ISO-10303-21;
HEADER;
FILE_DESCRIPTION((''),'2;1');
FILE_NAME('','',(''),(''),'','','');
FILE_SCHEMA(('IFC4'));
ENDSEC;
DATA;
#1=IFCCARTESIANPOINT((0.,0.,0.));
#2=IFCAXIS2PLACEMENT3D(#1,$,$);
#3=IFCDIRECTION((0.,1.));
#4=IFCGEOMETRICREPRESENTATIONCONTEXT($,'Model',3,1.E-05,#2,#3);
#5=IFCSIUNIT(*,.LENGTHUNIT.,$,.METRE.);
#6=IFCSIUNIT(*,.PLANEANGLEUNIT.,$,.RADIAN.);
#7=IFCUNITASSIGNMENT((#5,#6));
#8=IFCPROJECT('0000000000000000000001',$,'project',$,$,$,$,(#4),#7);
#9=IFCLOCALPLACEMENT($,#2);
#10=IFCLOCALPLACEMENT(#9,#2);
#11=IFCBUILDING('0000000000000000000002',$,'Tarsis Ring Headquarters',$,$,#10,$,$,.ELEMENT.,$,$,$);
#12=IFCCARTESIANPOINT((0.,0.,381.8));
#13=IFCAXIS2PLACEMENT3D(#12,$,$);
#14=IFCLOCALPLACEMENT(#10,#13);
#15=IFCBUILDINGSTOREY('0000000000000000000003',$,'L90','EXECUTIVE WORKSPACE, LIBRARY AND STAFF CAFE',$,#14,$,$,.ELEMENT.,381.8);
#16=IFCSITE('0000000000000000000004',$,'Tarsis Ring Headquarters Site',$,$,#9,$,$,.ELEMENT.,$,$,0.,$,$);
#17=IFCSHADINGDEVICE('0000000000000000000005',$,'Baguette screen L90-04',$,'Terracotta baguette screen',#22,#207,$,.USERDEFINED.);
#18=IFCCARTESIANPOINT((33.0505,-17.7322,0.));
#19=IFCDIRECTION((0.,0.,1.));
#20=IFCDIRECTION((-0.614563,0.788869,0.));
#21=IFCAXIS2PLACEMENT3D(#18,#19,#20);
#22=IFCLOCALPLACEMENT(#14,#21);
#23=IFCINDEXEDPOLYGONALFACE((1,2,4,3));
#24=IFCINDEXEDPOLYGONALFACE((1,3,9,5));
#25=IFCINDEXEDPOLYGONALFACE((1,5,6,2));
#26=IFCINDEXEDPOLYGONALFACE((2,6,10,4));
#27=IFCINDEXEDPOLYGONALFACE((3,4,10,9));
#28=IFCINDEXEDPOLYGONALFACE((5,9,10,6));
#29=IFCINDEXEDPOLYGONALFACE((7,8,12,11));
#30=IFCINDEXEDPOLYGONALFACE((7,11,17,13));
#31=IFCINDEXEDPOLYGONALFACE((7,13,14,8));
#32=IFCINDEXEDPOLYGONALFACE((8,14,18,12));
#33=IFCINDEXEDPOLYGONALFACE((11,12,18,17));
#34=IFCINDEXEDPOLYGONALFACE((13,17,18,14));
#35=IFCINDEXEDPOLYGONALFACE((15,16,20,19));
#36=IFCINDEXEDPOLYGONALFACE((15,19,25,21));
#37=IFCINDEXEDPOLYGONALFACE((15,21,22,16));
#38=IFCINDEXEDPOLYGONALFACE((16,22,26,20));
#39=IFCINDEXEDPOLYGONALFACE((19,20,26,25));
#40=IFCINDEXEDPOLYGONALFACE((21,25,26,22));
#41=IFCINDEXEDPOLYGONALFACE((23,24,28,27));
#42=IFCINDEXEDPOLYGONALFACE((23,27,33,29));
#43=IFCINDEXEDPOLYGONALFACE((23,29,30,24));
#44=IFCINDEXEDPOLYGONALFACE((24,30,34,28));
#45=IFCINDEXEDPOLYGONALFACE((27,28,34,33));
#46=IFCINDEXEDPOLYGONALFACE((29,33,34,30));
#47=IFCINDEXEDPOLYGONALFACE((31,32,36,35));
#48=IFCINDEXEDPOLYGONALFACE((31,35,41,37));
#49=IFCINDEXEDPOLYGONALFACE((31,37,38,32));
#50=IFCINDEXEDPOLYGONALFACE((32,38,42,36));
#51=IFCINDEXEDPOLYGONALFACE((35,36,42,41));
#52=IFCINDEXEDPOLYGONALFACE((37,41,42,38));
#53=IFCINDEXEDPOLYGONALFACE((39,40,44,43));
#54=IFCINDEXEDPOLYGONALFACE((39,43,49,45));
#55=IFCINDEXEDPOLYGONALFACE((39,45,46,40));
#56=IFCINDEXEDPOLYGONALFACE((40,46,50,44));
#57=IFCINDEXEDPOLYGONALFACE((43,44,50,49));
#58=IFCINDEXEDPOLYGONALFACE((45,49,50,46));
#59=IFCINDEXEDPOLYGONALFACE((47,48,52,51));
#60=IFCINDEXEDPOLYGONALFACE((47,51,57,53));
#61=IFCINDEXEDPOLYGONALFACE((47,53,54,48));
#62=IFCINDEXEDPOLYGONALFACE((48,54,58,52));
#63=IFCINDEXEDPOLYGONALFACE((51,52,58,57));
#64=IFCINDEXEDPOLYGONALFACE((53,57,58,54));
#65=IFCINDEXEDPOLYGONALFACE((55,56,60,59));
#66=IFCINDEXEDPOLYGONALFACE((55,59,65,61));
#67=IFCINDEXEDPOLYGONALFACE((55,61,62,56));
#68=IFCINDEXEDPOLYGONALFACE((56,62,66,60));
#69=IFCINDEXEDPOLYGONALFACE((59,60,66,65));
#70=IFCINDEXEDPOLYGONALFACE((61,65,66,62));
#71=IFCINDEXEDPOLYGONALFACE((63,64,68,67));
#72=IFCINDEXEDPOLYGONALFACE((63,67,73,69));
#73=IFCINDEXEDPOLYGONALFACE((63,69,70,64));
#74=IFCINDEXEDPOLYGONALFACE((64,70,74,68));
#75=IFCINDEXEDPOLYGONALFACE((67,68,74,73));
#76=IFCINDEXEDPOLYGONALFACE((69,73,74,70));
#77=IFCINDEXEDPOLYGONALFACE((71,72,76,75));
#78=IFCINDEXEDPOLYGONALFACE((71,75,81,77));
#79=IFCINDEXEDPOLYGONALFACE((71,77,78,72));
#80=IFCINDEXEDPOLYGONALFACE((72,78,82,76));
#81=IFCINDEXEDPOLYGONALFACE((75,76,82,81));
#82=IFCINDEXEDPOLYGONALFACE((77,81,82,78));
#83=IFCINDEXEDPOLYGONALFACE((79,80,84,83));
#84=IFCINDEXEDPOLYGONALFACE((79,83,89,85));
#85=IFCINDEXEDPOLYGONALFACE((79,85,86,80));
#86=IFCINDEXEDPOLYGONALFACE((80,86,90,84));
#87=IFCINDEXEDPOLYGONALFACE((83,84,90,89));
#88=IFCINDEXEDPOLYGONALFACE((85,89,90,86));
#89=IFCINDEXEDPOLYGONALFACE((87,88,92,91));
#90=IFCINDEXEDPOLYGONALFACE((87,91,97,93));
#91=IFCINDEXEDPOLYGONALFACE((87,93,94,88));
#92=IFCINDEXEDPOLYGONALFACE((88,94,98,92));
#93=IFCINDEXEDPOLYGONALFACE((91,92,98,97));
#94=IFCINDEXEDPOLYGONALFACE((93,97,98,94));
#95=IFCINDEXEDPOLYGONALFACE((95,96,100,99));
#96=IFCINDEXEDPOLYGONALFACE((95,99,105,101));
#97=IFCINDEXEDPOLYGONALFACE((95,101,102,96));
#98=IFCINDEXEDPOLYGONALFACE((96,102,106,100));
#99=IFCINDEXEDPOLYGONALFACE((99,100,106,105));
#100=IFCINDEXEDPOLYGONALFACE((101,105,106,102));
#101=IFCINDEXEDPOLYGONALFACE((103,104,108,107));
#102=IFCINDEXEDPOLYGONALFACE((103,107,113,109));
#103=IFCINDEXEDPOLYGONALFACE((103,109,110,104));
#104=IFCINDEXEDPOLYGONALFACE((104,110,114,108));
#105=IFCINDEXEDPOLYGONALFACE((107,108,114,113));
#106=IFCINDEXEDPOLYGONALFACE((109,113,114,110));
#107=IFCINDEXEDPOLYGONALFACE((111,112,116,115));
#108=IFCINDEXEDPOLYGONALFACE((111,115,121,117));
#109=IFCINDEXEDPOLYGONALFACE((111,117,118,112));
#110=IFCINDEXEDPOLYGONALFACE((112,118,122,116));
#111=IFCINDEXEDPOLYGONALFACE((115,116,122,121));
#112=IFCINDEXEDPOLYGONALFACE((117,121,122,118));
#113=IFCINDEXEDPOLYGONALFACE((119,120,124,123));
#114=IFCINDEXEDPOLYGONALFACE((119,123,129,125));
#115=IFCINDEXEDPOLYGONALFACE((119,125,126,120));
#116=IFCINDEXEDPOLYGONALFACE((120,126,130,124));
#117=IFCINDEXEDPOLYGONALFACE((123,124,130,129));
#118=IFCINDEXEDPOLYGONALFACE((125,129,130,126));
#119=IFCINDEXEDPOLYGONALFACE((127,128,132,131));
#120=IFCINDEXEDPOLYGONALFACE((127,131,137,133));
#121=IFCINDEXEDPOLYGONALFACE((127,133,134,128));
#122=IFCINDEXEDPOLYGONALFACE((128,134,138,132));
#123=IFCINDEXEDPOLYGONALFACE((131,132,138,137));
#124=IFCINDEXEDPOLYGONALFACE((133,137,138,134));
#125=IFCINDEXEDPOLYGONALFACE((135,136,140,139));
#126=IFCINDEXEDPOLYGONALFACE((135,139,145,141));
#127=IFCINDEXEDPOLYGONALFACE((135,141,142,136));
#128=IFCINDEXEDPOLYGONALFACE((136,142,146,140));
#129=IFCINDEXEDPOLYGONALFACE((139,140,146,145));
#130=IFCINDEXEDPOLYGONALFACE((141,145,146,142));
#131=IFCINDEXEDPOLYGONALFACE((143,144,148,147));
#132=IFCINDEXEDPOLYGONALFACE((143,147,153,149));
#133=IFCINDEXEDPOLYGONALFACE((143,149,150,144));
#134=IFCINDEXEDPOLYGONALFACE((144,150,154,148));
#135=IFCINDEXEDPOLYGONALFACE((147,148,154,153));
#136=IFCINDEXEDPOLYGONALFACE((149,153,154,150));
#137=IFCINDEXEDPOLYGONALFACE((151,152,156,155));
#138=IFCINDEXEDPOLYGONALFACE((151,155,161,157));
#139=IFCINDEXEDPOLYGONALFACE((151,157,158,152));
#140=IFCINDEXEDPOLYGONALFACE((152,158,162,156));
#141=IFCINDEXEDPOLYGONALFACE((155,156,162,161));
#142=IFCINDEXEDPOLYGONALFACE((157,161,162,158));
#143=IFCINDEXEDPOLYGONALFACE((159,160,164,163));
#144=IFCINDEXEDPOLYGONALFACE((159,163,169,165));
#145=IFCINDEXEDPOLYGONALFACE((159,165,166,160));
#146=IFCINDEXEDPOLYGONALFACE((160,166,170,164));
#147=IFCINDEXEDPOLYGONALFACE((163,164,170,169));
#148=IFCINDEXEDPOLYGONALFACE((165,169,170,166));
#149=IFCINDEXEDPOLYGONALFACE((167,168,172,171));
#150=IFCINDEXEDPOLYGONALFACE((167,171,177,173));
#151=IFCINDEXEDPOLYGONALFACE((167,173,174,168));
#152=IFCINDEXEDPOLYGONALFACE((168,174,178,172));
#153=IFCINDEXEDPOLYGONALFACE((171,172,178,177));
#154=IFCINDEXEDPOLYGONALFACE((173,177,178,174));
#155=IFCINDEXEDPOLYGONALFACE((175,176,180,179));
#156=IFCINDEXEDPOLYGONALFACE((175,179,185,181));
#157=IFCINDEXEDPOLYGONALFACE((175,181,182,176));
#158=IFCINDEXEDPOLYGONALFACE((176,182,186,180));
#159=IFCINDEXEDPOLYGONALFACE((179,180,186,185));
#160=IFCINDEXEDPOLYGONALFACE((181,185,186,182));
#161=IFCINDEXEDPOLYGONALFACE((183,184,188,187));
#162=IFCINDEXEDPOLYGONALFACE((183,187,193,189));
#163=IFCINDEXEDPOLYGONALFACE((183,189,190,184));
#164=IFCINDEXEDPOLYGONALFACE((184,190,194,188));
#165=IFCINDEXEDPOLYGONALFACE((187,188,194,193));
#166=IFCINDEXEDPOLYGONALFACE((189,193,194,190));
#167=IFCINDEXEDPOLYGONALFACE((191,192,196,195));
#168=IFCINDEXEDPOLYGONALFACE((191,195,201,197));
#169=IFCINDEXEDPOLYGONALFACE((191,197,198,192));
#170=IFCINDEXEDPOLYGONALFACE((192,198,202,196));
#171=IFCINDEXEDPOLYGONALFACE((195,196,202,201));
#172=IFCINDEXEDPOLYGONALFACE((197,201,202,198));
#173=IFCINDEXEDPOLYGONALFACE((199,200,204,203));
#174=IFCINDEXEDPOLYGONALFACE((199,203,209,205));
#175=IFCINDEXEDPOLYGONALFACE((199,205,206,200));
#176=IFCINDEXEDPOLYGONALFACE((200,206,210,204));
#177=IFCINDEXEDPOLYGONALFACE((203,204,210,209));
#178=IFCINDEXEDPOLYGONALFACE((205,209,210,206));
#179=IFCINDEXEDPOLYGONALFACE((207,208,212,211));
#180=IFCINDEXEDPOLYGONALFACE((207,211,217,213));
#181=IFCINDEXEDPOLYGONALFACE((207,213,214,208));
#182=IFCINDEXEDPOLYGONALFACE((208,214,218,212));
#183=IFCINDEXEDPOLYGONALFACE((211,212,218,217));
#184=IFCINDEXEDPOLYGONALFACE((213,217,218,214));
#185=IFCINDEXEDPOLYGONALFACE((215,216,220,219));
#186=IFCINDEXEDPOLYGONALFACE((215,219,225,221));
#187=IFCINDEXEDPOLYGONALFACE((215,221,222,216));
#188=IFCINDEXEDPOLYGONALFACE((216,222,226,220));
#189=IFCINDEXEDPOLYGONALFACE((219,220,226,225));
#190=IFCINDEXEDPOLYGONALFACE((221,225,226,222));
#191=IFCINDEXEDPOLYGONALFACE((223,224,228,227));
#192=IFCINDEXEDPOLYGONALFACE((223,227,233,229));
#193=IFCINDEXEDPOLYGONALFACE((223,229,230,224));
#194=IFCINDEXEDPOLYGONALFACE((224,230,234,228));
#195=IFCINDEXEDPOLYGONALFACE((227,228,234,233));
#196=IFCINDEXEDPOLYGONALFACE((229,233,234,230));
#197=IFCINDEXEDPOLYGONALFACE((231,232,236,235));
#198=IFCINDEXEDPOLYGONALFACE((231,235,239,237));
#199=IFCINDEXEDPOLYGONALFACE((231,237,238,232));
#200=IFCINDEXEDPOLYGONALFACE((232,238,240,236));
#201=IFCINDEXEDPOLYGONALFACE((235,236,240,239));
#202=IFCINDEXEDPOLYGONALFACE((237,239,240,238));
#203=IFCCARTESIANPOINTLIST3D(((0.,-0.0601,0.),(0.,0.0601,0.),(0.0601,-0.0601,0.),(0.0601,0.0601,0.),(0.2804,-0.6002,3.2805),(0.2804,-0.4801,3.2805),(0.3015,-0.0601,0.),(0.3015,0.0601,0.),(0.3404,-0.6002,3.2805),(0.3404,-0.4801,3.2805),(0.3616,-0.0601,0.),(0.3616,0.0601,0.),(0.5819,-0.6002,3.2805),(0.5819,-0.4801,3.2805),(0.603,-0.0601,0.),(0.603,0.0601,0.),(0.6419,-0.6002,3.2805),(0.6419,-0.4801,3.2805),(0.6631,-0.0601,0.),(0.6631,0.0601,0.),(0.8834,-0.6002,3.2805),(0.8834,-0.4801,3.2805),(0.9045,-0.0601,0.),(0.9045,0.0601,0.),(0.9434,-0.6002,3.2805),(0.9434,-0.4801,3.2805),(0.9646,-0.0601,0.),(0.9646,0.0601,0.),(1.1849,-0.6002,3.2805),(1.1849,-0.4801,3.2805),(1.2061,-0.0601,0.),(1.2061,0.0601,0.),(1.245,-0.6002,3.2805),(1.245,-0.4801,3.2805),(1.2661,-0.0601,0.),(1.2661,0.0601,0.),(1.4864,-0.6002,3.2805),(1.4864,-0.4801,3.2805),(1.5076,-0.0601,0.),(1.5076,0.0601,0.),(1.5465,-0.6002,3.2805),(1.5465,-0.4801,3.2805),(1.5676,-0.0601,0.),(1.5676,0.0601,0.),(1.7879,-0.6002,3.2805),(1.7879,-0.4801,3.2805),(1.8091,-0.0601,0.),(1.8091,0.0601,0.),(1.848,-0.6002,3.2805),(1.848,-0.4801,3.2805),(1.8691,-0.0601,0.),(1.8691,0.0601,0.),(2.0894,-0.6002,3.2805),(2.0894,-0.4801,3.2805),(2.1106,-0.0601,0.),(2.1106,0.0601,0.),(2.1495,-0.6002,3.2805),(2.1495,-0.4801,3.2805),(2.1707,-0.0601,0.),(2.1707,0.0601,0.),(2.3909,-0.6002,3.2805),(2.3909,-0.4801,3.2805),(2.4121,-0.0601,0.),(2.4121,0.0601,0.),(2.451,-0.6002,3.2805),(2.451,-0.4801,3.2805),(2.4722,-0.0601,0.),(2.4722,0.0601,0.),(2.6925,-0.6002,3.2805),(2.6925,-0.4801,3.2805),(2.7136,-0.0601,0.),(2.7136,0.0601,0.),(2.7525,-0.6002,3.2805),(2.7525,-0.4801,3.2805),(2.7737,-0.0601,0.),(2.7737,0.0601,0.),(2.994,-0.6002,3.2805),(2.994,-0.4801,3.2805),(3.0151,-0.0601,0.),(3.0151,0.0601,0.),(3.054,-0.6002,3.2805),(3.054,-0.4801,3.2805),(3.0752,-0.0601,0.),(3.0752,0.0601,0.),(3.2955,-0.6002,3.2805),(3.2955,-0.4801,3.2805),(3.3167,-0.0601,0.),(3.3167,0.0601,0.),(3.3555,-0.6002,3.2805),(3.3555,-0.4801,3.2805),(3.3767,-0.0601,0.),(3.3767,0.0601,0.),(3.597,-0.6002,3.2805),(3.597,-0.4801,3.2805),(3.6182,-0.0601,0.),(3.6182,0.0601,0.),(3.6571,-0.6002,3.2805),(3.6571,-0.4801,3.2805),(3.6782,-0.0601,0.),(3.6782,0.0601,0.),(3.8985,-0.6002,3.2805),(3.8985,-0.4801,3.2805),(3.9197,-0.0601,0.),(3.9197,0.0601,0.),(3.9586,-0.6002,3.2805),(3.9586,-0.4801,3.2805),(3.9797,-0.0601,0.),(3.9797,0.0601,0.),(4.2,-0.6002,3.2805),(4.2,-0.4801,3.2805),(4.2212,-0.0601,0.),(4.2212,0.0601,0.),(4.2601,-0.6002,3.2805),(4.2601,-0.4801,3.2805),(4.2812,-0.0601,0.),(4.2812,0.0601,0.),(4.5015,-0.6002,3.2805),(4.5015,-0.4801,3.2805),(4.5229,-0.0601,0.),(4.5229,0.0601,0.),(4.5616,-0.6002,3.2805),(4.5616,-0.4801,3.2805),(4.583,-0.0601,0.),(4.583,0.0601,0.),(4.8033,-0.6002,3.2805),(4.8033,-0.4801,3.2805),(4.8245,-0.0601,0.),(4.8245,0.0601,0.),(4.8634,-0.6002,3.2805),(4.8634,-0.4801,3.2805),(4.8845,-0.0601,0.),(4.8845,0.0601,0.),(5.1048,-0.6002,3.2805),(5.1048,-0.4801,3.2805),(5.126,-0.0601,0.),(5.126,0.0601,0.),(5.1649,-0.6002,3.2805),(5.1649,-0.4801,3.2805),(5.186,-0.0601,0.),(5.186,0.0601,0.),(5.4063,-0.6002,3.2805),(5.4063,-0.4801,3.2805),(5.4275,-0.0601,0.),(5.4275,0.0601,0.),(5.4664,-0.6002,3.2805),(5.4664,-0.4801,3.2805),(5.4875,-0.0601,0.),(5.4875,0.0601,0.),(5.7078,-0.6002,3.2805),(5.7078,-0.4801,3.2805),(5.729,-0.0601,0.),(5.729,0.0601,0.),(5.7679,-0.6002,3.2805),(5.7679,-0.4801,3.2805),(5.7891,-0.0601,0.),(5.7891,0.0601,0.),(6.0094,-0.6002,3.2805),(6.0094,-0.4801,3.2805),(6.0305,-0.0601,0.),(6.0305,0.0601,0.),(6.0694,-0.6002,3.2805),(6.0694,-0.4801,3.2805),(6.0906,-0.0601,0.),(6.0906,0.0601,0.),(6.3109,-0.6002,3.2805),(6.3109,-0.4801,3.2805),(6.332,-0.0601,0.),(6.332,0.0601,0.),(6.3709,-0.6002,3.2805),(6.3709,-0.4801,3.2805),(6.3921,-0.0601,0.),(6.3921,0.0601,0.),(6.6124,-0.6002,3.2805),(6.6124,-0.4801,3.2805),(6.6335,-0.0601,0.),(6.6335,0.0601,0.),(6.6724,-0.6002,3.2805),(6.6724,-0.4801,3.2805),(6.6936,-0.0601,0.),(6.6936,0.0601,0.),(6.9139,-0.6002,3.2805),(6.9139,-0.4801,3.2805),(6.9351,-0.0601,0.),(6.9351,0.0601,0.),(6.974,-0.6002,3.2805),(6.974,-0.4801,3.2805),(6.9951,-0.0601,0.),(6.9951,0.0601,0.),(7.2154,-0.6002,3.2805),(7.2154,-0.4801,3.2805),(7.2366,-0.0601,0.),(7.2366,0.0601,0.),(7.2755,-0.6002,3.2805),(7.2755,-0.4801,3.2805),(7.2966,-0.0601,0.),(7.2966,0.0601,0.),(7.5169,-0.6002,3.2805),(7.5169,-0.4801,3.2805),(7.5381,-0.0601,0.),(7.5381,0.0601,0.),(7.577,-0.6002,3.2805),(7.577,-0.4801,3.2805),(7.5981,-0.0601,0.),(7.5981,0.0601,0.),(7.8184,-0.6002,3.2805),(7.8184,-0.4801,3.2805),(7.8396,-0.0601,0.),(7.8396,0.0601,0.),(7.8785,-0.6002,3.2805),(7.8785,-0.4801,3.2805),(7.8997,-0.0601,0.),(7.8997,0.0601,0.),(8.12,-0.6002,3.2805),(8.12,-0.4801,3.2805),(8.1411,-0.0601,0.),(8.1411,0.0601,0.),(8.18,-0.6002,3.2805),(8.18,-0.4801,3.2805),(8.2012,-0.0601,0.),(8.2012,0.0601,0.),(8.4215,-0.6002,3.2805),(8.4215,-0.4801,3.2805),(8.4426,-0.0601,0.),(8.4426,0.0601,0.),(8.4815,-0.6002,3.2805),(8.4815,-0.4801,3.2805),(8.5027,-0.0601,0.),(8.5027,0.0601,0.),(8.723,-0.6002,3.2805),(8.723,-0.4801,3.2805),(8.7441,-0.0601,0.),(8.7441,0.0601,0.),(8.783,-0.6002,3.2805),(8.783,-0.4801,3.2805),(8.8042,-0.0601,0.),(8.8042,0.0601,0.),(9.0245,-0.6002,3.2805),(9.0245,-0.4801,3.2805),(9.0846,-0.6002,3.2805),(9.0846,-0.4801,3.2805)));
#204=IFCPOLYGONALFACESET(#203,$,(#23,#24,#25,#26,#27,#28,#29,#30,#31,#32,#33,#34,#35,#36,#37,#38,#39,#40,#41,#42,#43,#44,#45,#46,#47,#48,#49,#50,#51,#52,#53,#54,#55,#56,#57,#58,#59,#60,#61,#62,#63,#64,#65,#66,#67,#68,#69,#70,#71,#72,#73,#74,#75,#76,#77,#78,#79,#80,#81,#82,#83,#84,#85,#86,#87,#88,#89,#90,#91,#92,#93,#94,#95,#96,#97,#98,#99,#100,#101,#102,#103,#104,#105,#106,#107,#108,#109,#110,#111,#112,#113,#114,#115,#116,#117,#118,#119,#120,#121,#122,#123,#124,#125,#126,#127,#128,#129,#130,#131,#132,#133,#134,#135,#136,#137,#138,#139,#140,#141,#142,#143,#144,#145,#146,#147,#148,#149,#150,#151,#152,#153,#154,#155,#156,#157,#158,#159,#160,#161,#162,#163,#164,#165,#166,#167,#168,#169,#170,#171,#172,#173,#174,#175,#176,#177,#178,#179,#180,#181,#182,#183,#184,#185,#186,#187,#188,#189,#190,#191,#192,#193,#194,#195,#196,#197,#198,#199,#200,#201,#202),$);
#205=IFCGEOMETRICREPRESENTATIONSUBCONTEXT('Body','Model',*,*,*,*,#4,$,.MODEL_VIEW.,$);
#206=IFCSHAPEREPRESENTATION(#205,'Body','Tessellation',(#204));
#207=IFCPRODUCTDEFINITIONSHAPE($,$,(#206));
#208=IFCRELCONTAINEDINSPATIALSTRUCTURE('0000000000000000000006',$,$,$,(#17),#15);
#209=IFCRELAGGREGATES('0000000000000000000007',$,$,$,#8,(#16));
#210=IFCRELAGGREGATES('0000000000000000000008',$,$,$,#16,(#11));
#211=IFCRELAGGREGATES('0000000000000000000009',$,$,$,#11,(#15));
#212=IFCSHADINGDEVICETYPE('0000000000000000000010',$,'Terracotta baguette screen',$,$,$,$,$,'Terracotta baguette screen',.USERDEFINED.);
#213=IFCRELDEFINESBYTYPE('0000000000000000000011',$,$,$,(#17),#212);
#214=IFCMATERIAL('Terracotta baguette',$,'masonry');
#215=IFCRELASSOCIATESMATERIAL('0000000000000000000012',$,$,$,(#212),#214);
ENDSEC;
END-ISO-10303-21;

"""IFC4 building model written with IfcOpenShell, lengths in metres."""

from ifc_helpers import new_model, si_unit, direction, frame, frame_2d, origin, place, context, subcontext, project, spatial, rectangle, composite_profile, extrude, material, type_object, element, save


model = new_model("IFC4")

# Units and contexts
model_context = context("Model", 3, precision=1e-05, world=origin(), true_north=direction((0.0, 1.0)))
body_context = subcontext(model_context, "Body", "Model", "MODEL_VIEW")
ifc_project = project(units=[si_unit("LENGTHUNIT", "METRE"), si_unit("PLANEANGLEUNIT", "RADIAN")], contexts=[model_context])

# Site, building, storey
site_placement = place(None, origin())
site = spatial("IfcSite", under=ifc_project, at=site_placement, Name="Tarsis Ring Headquarters Site", CompositionType="ELEMENT", RefElevation=0.0)
building_placement = place(site_placement, origin())
building = spatial("IfcBuilding", under=site, at=building_placement, Name="Tarsis Ring Headquarters", CompositionType="ELEMENT")
storey_placement = place(building_placement, frame((0.0, 0.0, 381.8)))
storey = spatial("IfcBuildingStorey", under=building, at=storey_placement, Name="L90", Description="EXECUTIVE WORKSPACE, LIBRARY AND STAFF CAFE", CompositionType="ELEMENT", Elevation=381.8)

# Shading device
ifc_material_1 = material(Name="Terracotta baguette", Category="masonry")
shading_device_type_1 = type_object("IfcShadingDeviceType", Name="Terracotta baguette screen", ElementType="Terracotta baguette screen", PredefinedType="USERDEFINED", material=ifc_material_1)
shading_device_1_placement = place(storey_placement, frame((33.0505, -17.7322, 0.0), z_axis=(0.0, 0.0, 1.0), x_axis=(-0.614563, 0.788869, 0.0)))
element("IfcShadingDevice", 1, at=shading_device_1_placement, inside=storey, type_object=shading_device_type_1, Name="Baguette screen L90-04", ObjectType="Terracotta baguette screen", PredefinedType="USERDEFINED", context=body_context, shape_type="SweptSolid", body=[
    extrude(composite_profile([rectangle(XDim=0.0601, YDim=0.1201, at=frame_2d((0.03, 0.0))), rectangle(XDim=0.0601, YDim=0.1201, at=frame_2d((0.3315, 0.0))), rectangle(XDim=0.0601, YDim=0.1201, at=frame_2d((0.6331, 0.0))), rectangle(XDim=0.0601, YDim=0.1201, at=frame_2d((0.9346, 0.0))), rectangle(XDim=0.0601, YDim=0.1201, at=frame_2d((1.2361, 0.0))), rectangle(XDim=0.0601, YDim=0.1201, at=frame_2d((1.5376, 0.0))), rectangle(XDim=0.0601, YDim=0.1201, at=frame_2d((1.8391, 0.0))), rectangle(XDim=0.0601, YDim=0.1201, at=frame_2d((2.1406, 0.0))), rectangle(XDim=0.0601, YDim=0.1201, at=frame_2d((2.4421, 0.0))), rectangle(XDim=0.0601, YDim=0.1201, at=frame_2d((2.7437, 0.0))), rectangle(XDim=0.0601, YDim=0.1201, at=frame_2d((3.0452, 0.0))), rectangle(XDim=0.0601, YDim=0.1201, at=frame_2d((3.3467, 0.0))), rectangle(XDim=0.0601, YDim=0.1201, at=frame_2d((3.6482, 0.0))), rectangle(XDim=0.0601, YDim=0.1201, at=frame_2d((3.9497, 0.0))), rectangle(XDim=0.0601, YDim=0.1201, at=frame_2d((4.2512, 0.0))), rectangle(XDim=0.0601, YDim=0.1201, at=frame_2d((4.553, 0.0))), rectangle(XDim=0.0601, YDim=0.1201, at=frame_2d((4.8545, 0.0))), rectangle(XDim=0.0601, YDim=0.1201, at=frame_2d((5.156, 0.0))), rectangle(XDim=0.0601, YDim=0.1201, at=frame_2d((5.4575, 0.0))), rectangle(XDim=0.0601, YDim=0.1201, at=frame_2d((5.759, 0.0))), rectangle(XDim=0.0601, YDim=0.1201, at=frame_2d((6.0605, 0.0))), rectangle(XDim=0.0601, YDim=0.1201, at=frame_2d((6.3621, 0.0))), rectangle(XDim=0.0601, YDim=0.1201, at=frame_2d((6.6636, 0.0))), rectangle(XDim=0.0601, YDim=0.1201, at=frame_2d((6.9651, 0.0))), rectangle(XDim=0.0601, YDim=0.1201, at=frame_2d((7.2666, 0.0))), rectangle(XDim=0.0601, YDim=0.1201, at=frame_2d((7.5681, 0.0))), rectangle(XDim=0.0601, YDim=0.1201, at=frame_2d((7.8696, 0.0))), rectangle(XDim=0.0601, YDim=0.1201, at=frame_2d((8.1711, 0.0))), rectangle(XDim=0.0601, YDim=0.1201, at=frame_2d((8.4727, 0.0))), rectangle(XDim=0.0601, YDim=0.1201, at=frame_2d((8.7742, 0.0)))]), origin(), (0.084027, -0.161894, 0.983224), 3.3364),
])

save(model, "model.ifc")
